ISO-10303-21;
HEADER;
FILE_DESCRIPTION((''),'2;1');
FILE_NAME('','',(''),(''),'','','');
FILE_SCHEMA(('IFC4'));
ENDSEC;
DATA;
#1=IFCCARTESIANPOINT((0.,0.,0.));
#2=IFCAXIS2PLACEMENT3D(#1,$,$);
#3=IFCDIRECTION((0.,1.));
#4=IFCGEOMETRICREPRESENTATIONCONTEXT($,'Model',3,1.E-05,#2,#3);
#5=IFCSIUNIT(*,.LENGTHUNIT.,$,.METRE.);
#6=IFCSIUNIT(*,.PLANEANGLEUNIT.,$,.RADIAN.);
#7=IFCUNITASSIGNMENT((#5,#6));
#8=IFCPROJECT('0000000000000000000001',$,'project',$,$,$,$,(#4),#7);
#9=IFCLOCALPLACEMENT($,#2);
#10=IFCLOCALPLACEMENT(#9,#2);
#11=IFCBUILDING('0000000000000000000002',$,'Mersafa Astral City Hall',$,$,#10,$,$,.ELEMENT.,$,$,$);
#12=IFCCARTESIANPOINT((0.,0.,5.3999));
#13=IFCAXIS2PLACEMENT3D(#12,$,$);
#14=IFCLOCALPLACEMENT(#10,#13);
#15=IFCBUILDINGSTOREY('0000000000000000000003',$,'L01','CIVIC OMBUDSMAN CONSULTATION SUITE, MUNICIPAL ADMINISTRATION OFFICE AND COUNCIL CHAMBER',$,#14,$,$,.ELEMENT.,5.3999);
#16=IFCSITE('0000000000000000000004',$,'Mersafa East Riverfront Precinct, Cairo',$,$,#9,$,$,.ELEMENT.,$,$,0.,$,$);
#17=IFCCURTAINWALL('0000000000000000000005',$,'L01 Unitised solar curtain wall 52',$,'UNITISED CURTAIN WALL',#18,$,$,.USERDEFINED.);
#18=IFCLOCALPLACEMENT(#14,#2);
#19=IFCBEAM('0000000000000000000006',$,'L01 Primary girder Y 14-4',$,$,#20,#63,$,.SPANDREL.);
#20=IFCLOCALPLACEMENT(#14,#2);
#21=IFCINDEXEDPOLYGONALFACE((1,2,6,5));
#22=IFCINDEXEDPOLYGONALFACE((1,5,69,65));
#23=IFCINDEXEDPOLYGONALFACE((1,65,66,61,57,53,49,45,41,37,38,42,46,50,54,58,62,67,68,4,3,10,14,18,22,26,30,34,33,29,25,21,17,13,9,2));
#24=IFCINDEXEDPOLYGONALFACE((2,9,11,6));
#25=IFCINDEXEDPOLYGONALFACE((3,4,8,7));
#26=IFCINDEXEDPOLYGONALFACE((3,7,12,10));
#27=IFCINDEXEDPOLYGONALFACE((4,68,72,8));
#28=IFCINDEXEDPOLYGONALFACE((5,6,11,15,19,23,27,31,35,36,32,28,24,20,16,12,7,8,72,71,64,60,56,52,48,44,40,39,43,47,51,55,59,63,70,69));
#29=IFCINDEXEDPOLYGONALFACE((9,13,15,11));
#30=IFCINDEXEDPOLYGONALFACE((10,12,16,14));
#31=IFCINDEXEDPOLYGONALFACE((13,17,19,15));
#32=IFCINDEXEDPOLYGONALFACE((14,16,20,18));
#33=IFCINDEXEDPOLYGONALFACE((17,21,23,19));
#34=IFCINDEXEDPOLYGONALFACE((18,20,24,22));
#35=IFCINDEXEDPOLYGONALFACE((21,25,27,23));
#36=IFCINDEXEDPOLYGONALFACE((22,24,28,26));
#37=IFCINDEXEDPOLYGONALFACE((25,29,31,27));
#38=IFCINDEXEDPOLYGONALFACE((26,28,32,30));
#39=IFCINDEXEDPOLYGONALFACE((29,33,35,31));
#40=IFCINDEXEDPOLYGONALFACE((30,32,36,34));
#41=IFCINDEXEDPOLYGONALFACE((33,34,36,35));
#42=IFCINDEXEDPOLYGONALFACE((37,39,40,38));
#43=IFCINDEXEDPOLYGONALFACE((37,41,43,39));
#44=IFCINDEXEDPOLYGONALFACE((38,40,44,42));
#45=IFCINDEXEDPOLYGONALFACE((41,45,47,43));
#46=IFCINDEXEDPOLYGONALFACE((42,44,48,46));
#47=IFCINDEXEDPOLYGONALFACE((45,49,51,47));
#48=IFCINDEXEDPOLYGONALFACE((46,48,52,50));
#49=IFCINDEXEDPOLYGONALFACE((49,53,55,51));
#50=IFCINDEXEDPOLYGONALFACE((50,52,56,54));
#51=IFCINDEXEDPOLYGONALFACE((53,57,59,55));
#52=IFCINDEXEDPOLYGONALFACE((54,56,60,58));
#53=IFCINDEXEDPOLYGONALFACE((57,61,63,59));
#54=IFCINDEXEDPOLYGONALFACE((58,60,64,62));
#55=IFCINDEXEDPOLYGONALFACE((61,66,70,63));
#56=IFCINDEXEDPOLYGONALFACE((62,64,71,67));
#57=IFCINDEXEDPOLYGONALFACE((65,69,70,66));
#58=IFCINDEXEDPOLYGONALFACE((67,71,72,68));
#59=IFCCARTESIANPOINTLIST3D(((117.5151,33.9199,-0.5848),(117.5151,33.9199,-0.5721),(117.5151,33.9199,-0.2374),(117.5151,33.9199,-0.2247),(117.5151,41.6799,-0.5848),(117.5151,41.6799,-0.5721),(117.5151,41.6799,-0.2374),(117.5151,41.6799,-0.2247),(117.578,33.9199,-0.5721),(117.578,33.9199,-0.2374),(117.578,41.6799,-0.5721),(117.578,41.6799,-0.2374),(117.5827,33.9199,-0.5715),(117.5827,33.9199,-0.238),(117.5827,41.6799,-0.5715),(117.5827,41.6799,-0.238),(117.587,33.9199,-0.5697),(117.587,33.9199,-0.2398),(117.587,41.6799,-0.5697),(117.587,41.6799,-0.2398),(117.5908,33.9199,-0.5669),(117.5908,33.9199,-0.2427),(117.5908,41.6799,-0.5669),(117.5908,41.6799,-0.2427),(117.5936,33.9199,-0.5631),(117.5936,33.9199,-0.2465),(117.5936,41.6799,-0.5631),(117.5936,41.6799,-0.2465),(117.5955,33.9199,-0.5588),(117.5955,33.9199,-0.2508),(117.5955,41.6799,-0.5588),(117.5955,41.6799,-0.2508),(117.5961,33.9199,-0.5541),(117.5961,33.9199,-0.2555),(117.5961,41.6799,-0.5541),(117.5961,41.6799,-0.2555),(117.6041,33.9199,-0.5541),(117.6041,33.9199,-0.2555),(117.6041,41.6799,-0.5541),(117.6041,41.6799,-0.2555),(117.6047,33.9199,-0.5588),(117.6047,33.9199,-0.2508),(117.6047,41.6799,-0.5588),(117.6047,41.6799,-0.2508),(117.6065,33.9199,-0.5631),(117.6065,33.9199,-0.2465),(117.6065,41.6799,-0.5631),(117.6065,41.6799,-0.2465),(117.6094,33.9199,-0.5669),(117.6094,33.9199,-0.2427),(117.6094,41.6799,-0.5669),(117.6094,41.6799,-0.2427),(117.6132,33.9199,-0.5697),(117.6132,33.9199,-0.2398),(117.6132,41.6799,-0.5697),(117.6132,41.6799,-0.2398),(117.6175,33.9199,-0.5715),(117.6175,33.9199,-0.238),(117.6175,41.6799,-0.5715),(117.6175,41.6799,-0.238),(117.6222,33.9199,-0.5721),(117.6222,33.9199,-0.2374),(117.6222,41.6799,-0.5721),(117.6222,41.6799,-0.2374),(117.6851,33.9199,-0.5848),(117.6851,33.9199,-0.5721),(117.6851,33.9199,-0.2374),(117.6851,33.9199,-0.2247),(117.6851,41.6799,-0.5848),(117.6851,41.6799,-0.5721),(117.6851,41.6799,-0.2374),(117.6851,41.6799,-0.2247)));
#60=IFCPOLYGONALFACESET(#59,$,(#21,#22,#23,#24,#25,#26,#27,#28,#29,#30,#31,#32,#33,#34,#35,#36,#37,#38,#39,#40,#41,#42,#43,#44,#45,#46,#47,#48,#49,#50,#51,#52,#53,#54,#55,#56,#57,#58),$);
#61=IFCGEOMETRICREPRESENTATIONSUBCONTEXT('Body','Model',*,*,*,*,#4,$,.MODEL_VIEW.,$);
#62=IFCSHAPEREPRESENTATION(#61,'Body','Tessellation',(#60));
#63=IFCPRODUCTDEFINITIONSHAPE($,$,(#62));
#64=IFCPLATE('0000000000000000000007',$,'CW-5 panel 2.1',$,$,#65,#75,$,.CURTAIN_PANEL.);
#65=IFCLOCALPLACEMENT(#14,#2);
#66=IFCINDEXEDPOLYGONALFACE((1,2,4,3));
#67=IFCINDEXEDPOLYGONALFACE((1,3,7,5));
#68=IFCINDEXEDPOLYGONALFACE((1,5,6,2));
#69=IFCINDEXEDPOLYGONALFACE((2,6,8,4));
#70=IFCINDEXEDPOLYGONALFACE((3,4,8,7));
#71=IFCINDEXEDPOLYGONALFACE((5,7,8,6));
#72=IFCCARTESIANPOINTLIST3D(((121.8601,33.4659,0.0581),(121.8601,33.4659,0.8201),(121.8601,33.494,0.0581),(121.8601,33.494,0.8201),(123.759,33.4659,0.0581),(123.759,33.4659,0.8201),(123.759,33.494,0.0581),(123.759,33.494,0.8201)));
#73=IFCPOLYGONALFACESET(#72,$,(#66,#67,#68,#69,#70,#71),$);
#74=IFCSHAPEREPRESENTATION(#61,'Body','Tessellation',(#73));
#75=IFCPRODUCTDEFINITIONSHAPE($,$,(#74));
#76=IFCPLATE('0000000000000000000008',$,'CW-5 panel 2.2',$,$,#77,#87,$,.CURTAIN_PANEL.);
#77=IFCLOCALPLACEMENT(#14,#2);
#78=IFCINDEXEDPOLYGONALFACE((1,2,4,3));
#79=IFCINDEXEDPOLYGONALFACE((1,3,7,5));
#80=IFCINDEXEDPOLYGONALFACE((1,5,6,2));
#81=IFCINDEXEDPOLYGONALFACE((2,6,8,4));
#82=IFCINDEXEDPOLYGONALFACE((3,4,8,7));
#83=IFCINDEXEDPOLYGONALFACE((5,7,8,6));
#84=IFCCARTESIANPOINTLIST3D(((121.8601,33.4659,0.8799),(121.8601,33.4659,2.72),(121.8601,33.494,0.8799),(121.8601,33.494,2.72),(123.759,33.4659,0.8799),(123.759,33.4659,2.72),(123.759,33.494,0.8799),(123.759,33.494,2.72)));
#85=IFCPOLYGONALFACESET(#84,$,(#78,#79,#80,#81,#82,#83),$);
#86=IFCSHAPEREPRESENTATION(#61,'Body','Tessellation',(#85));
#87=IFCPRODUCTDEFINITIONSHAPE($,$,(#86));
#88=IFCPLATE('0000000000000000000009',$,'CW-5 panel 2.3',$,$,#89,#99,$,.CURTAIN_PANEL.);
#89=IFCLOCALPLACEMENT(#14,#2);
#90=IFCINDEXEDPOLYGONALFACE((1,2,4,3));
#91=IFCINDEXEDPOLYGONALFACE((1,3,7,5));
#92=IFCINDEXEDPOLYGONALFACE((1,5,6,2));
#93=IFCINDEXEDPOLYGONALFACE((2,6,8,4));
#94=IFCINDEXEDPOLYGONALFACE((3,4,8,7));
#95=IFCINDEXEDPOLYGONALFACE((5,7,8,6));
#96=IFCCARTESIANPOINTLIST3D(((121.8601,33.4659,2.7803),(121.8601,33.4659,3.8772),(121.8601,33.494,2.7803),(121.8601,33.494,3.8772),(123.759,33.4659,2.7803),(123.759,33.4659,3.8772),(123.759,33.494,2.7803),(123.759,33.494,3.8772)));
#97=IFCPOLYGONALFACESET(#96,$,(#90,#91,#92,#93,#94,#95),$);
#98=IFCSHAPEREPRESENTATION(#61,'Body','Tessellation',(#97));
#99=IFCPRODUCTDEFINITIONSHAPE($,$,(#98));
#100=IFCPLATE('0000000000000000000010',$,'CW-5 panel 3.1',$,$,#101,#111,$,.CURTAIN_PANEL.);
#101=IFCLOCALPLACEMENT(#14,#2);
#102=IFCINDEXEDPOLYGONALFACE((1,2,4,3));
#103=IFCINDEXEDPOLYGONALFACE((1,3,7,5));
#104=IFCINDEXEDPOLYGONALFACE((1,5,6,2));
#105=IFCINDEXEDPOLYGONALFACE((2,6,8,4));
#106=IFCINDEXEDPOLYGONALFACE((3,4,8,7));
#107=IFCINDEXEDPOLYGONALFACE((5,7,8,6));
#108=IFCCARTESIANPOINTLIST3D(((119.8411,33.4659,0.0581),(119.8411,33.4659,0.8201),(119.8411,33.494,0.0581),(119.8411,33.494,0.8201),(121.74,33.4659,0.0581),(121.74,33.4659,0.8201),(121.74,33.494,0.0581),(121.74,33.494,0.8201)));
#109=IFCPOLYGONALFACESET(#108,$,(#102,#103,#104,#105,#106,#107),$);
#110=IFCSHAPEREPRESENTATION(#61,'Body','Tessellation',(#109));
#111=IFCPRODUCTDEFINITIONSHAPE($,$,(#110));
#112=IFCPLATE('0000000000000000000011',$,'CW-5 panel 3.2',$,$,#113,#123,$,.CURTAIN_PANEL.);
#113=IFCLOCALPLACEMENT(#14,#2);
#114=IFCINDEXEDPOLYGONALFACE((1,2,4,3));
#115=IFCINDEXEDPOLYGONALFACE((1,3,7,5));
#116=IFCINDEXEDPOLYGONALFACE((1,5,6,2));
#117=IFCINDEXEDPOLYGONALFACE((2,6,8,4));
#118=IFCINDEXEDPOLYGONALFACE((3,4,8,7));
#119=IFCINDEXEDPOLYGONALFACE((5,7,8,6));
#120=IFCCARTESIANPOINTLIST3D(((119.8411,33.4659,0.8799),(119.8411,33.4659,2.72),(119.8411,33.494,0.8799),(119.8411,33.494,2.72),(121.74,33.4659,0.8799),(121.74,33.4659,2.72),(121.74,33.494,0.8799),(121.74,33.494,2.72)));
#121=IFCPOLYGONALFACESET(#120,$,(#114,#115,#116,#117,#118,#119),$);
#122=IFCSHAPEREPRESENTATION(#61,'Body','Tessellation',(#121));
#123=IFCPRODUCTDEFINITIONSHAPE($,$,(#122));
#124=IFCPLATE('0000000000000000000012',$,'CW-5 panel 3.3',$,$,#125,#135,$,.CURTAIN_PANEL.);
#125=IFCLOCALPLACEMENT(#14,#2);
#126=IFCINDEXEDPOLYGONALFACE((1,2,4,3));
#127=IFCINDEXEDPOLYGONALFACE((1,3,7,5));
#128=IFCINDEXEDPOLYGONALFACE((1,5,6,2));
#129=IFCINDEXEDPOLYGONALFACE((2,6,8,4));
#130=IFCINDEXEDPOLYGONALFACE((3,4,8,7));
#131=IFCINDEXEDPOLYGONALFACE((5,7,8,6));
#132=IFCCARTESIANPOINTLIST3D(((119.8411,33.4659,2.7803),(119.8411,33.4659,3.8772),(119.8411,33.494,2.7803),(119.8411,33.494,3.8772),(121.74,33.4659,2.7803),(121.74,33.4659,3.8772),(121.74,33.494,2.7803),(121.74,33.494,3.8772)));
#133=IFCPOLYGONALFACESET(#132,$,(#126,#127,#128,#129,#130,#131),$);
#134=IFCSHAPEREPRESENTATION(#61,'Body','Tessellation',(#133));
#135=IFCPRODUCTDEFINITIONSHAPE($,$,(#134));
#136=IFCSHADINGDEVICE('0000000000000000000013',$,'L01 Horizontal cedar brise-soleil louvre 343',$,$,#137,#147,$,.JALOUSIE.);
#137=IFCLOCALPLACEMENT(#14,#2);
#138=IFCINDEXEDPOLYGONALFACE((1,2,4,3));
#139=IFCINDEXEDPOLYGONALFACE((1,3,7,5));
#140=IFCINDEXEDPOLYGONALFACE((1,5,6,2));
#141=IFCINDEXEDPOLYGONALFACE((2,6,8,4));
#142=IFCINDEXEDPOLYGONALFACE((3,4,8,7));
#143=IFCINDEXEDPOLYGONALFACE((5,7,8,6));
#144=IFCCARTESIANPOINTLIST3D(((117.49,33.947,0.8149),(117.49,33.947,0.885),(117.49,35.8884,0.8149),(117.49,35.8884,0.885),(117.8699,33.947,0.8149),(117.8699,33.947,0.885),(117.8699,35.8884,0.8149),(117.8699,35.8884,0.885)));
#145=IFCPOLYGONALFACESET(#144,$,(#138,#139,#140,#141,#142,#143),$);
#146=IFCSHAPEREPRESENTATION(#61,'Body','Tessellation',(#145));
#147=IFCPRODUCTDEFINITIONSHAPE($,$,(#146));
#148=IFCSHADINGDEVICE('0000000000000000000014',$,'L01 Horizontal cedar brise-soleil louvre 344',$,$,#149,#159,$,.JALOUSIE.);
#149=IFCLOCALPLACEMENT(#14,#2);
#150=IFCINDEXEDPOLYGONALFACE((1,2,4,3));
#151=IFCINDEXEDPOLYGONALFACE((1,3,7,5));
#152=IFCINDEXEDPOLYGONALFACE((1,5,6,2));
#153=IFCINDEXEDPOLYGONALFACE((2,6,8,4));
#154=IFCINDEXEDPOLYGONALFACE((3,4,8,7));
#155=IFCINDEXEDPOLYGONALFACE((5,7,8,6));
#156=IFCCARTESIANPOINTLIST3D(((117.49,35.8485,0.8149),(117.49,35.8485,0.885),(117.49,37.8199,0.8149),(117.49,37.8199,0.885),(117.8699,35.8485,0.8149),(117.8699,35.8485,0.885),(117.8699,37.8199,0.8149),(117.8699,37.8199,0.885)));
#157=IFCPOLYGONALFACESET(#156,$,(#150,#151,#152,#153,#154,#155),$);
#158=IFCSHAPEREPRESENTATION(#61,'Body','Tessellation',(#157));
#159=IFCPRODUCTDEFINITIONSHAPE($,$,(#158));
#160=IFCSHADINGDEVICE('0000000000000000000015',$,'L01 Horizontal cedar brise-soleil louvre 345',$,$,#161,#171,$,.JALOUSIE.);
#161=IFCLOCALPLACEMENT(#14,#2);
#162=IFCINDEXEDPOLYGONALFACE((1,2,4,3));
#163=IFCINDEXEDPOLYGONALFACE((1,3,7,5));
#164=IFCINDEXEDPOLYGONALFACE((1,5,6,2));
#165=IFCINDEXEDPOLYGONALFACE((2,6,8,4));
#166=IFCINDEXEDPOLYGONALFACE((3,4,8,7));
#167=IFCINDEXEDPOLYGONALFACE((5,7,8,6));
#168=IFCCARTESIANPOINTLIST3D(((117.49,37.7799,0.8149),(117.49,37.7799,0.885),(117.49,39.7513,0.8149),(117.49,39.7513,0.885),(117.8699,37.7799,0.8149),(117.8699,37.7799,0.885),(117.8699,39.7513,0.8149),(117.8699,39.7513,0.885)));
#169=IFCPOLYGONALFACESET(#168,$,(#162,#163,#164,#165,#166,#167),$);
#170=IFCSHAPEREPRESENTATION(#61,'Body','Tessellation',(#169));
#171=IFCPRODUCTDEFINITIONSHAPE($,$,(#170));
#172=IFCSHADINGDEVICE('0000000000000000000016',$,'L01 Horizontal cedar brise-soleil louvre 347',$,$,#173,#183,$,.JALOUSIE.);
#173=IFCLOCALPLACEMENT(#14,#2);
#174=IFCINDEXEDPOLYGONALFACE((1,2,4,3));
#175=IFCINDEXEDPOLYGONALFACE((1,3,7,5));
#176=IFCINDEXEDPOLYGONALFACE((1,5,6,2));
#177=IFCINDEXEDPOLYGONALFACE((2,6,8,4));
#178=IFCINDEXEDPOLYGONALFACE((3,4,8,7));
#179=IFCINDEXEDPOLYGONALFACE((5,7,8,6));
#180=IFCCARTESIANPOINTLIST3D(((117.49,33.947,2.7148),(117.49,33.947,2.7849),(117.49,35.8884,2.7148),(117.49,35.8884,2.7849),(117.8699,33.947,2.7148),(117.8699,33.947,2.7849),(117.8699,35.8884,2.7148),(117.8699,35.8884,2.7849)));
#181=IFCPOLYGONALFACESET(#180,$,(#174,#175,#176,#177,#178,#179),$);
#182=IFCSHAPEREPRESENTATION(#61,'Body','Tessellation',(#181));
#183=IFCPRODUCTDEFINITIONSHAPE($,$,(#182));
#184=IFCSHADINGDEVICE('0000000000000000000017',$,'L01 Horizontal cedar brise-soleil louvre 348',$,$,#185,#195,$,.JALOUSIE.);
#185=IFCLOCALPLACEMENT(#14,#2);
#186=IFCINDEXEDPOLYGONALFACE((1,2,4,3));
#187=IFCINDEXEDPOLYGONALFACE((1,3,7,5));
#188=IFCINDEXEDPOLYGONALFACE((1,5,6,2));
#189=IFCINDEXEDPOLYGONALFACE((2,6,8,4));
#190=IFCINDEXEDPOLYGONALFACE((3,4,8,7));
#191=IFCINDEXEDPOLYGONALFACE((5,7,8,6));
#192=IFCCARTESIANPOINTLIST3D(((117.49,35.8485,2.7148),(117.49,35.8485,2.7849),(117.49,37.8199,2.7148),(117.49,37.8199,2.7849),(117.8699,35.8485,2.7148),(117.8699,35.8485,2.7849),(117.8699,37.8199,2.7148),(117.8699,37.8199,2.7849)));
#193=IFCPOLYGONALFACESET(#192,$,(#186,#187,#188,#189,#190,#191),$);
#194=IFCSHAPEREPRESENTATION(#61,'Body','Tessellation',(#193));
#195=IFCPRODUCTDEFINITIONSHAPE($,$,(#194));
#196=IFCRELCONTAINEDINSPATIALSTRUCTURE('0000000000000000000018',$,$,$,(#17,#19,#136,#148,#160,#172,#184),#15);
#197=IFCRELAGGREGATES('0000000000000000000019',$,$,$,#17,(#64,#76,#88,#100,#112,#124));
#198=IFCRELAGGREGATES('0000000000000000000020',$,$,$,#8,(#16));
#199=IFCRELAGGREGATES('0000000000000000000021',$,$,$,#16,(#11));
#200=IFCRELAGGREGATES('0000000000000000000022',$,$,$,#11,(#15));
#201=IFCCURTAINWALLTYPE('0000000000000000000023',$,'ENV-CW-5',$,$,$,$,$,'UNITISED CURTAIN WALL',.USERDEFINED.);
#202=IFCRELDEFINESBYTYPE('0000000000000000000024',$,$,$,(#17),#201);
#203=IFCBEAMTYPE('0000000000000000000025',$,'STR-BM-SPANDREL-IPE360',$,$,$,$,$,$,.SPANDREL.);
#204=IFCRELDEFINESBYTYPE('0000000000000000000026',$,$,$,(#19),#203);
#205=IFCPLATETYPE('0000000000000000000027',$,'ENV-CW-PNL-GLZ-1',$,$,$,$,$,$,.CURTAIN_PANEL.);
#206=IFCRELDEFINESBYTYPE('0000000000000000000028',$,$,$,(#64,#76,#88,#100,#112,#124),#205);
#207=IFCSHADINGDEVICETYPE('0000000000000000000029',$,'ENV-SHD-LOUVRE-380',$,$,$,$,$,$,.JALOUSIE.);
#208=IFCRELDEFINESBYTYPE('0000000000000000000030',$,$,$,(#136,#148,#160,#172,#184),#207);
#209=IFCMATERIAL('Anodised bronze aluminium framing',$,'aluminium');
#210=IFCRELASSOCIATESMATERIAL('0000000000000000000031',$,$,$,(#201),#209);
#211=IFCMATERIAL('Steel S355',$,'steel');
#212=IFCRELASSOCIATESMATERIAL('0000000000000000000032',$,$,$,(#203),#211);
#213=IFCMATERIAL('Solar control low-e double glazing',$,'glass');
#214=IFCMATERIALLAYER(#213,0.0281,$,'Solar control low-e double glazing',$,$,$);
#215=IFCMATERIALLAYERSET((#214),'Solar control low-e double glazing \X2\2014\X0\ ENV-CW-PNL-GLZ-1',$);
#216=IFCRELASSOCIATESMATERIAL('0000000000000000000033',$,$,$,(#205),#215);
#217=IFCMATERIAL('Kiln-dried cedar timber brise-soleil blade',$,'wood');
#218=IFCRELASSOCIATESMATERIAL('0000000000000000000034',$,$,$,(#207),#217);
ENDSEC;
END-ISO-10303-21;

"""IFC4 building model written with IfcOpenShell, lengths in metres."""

from ifc_helpers import new_model, si_unit, direction, frame, origin, origin_2d, place, context, subcontext, project, spatial, rectangle, i_section, extrude, material, layer, layer_set, material_profile, profile_set, type_object, element, aggregate, save


model = new_model("IFC4")

# Units and contexts
model_context = context("Model", 3, precision=1e-05, world=origin(), true_north=direction((0.0, 1.0)))
body_context = subcontext(model_context, "Body", "Model", "MODEL_VIEW")
ifc_project = project(units=[si_unit("LENGTHUNIT", "METRE"), si_unit("PLANEANGLEUNIT", "RADIAN")], contexts=[model_context])

# Site, building, storey
site_placement = place(None, origin())
site = spatial("IfcSite", under=ifc_project, at=site_placement, Name="Mersafa East Riverfront Precinct, Cairo", CompositionType="ELEMENT", RefElevation=0.0)
building_placement = place(site_placement, origin())
building = spatial("IfcBuilding", under=site, at=building_placement, Name="Mersafa Astral City Hall", CompositionType="ELEMENT")
storey_placement = place(building_placement, frame((0.0, 0.0, 5.3999)))
storey = spatial("IfcBuildingStorey", under=building, at=storey_placement, Name="L01", Description="CIVIC OMBUDSMAN CONSULTATION SUITE, MUNICIPAL ADMINISTRATION OFFICE AND COUNCIL CHAMBER", CompositionType="ELEMENT", Elevation=5.3999)

# Shared definitions
ifc_material_1 = material(Name="Steel S355", Category="steel")

# Curtain wall
ifc_material_2 = material(Name="Anodised bronze aluminium framing", Category="aluminium")
curtain_wall_type_1 = type_object("IfcCurtainWallType", Name="ENV-CW-5", ElementType="UNITISED CURTAIN WALL", PredefinedType="USERDEFINED", material=ifc_material_2)
curtain_wall_1_placement = place(storey_placement, origin())
curtain_wall_1 = element("IfcCurtainWall", 1, at=curtain_wall_1_placement, inside=storey, type_object=curtain_wall_type_1, Name="L01 Unitised solar curtain wall 52", ObjectType="UNITISED CURTAIN WALL", PredefinedType="USERDEFINED")

# Beam
ifc_material_profile_1 = material_profile(ifc_material_1, i_section(OverallWidth=0.1699, OverallDepth=0.3601, WebThickness=0.0081, FlangeThickness=0.0127, FilletRadius=0.0181, at=origin_2d()), Name="IPE 360")
ifc_profile_set_1 = profile_set([ifc_material_profile_1], Name="Steel S355")
beam_type = type_object("IfcBeamType", Name="STR-BM-SPANDREL-IPE360", PredefinedType="SPANDREL", material=ifc_profile_set_1)
beam_1_placement = place(storey_placement, frame((117.6001, 33.9199, -0.4048), z_axis=(0.0, 1.0, 0.0), x_axis=(-1.0, 0.0, 0.0)))
element("IfcBeam", 2, at=beam_1_placement, inside=storey, type_object=beam_type, Name="L01 Primary girder Y 14-4", PredefinedType="SPANDREL", context=body_context, shape_type="SweptSolid", body=[
    extrude(i_section(OverallWidth=0.1699, OverallDepth=0.3601, WebThickness=0.0081, FlangeThickness=0.0127, FilletRadius=0.0181, at=origin_2d()), origin(), (0.0, 0.0, 1.0), 7.76),
])

# Plates
ifc_material_3 = material(Name="Solar control low-e double glazing", Category="glass")
ifc_layer = layer(ifc_material_3, 0.0281, Name="Solar control low-e double glazing")
ifc_layer_set = layer_set([ifc_layer], Name="Solar control low-e double glazing — ENV-CW-PNL-GLZ-1")
plate_type = type_object("IfcPlateType", Name="ENV-CW-PNL-GLZ-1", PredefinedType="CURTAIN_PANEL", material=ifc_layer_set)
plate_1_placement = place(storey_placement, frame((122.8096, 33.48, 0.0581), z_axis=(0.0, 0.0, 1.0), x_axis=(-1.0, 0.0, 0.0)))
plate_1 = element("IfcPlate", 3, at=plate_1_placement, type_object=plate_type, Name="CW-5 panel 2.1", PredefinedType="CURTAIN_PANEL", context=body_context, shape_type="SweptSolid", body=[
    extrude(rectangle(XDim=1.8989, YDim=0.0281, at=origin_2d()), origin(), (0.0, 0.0, 1.0), 0.762),
])
plate_2_placement = place(storey_placement, frame((122.8096, 33.48, 0.8799), z_axis=(0.0, 0.0, 1.0), x_axis=(-1.0, 0.0, 0.0)))
plate_2 = element("IfcPlate", 4, at=plate_2_placement, type_object=plate_type, Name="CW-5 panel 2.2", PredefinedType="CURTAIN_PANEL", context=body_context, shape_type="SweptSolid", body=[
    extrude(rectangle(XDim=1.8989, YDim=0.0281, at=origin_2d()), origin(), (0.0, 0.0, 1.0), 1.8401),
])
plate_3_placement = place(storey_placement, frame((122.8096, 33.48, 2.7803), z_axis=(0.0, 0.0, 1.0), x_axis=(-1.0, 0.0, 0.0)))
plate_3 = element("IfcPlate", 5, at=plate_3_placement, type_object=plate_type, Name="CW-5 panel 2.3", PredefinedType="CURTAIN_PANEL", context=body_context, shape_type="SweptSolid", body=[
    extrude(rectangle(XDim=1.8989, YDim=0.0281, at=origin_2d()), origin(), (0.0, 0.0, 1.0), 1.0969),
])
plate_4_placement = place(storey_placement, frame((120.7905, 33.48, 0.0581), z_axis=(0.0, 0.0, 1.0), x_axis=(-1.0, 0.0, 0.0)))
plate_4 = element("IfcPlate", 6, at=plate_4_placement, type_object=plate_type, Name="CW-5 panel 3.1", PredefinedType="CURTAIN_PANEL", context=body_context, shape_type="SweptSolid", body=[
    extrude(rectangle(XDim=1.8989, YDim=0.0281, at=origin_2d()), origin(), (0.0, 0.0, 1.0), 0.762),
])
plate_5_placement = place(storey_placement, frame((120.7905, 33.48, 0.8799), z_axis=(0.0, 0.0, 1.0), x_axis=(-1.0, 0.0, 0.0)))
plate_5 = element("IfcPlate", 7, at=plate_5_placement, type_object=plate_type, Name="CW-5 panel 3.2", PredefinedType="CURTAIN_PANEL", context=body_context, shape_type="SweptSolid", body=[
    extrude(rectangle(XDim=1.8989, YDim=0.0281, at=origin_2d()), origin(), (0.0, 0.0, 1.0), 1.8401),
])
plate_6_placement = place(storey_placement, frame((120.7905, 33.48, 2.7803), z_axis=(0.0, 0.0, 1.0), x_axis=(-1.0, 0.0, 0.0)))
plate_6 = element("IfcPlate", 8, at=plate_6_placement, type_object=plate_type, Name="CW-5 panel 3.3", PredefinedType="CURTAIN_PANEL", context=body_context, shape_type="SweptSolid", body=[
    extrude(rectangle(XDim=1.8989, YDim=0.0281, at=origin_2d()), origin(), (0.0, 0.0, 1.0), 1.0969),
])
aggregate(curtain_wall_1, [plate_1, plate_2, plate_3, plate_4, plate_5, plate_6])

# Shading devices
ifc_material_4 = material(Name="Kiln-dried cedar timber brise-soleil blade", Category="wood")
shading_device_type = type_object("IfcShadingDeviceType", Name="ENV-SHD-LOUVRE-380", PredefinedType="JALOUSIE", material=ifc_material_4)
shading_device_1_placement = place(storey_placement, frame((117.6799, 34.9177, 0.8149), z_axis=(0.0, 0.0, 1.0), x_axis=(0.0, 1.0, 0.0)))
element("IfcShadingDevice", 9, at=shading_device_1_placement, inside=storey, type_object=shading_device_type, Name="L01 Horizontal cedar brise-soleil louvre 343", PredefinedType="JALOUSIE", context=body_context, shape_type="SweptSolid", body=[
    extrude(rectangle(XDim=1.9414, YDim=0.3799, at=origin_2d()), origin(), (0.0, 0.0, 1.0), 0.0701),
])
for number, where, z_axis, x_axis, name in (
    (10, (117.6799, 36.8342, 0.8149), (0.0, 0.0, 1.0), (0.0, 1.0, 0.0), "L01 Horizontal cedar brise-soleil louvre 344"),
    (11, (117.6799, 38.7656, 0.8149), (0.0, 0.0, 1.0), (0.0, 1.0, 0.0), "L01 Horizontal cedar brise-soleil louvre 345"),
):
    element("IfcShadingDevice", number, at=place(storey_placement, frame(where, z_axis=z_axis, x_axis=x_axis)), inside=storey, type_object=shading_device_type, Name=name, PredefinedType="JALOUSIE", context=body_context, shape_type="SweptSolid", body=[
        extrude(rectangle(XDim=1.9714, YDim=0.3799, at=origin_2d()), origin(), (0.0, 0.0, 1.0), 0.0701),
    ])
shading_device_2_placement = place(storey_placement, frame((117.6799, 34.9177, 2.7148), z_axis=(0.0, 0.0, 1.0), x_axis=(0.0, 1.0, 0.0)))
element("IfcShadingDevice", 12, at=shading_device_2_placement, inside=storey, type_object=shading_device_type, Name="L01 Horizontal cedar brise-soleil louvre 347", PredefinedType="JALOUSIE", context=body_context, shape_type="SweptSolid", body=[
    extrude(rectangle(XDim=1.9414, YDim=0.3799, at=origin_2d()), origin(), (0.0, 0.0, 1.0), 0.0701),
])
for number, where, z_axis, x_axis, name in (
    (13, (117.6799, 36.8342, 2.7148), (0.0, 0.0, 1.0), (0.0, 1.0, 0.0), "L01 Horizontal cedar brise-soleil louvre 348"),
):
    element("IfcShadingDevice", number, at=place(storey_placement, frame(where, z_axis=z_axis, x_axis=x_axis)), inside=storey, type_object=shading_device_type, Name=name, PredefinedType="JALOUSIE", context=body_context, shape_type="SweptSolid", body=[
        extrude(rectangle(XDim=1.9714, YDim=0.3799, at=origin_2d()), origin(), (0.0, 0.0, 1.0), 0.0701),
    ])

save(model, "model.ifc")
